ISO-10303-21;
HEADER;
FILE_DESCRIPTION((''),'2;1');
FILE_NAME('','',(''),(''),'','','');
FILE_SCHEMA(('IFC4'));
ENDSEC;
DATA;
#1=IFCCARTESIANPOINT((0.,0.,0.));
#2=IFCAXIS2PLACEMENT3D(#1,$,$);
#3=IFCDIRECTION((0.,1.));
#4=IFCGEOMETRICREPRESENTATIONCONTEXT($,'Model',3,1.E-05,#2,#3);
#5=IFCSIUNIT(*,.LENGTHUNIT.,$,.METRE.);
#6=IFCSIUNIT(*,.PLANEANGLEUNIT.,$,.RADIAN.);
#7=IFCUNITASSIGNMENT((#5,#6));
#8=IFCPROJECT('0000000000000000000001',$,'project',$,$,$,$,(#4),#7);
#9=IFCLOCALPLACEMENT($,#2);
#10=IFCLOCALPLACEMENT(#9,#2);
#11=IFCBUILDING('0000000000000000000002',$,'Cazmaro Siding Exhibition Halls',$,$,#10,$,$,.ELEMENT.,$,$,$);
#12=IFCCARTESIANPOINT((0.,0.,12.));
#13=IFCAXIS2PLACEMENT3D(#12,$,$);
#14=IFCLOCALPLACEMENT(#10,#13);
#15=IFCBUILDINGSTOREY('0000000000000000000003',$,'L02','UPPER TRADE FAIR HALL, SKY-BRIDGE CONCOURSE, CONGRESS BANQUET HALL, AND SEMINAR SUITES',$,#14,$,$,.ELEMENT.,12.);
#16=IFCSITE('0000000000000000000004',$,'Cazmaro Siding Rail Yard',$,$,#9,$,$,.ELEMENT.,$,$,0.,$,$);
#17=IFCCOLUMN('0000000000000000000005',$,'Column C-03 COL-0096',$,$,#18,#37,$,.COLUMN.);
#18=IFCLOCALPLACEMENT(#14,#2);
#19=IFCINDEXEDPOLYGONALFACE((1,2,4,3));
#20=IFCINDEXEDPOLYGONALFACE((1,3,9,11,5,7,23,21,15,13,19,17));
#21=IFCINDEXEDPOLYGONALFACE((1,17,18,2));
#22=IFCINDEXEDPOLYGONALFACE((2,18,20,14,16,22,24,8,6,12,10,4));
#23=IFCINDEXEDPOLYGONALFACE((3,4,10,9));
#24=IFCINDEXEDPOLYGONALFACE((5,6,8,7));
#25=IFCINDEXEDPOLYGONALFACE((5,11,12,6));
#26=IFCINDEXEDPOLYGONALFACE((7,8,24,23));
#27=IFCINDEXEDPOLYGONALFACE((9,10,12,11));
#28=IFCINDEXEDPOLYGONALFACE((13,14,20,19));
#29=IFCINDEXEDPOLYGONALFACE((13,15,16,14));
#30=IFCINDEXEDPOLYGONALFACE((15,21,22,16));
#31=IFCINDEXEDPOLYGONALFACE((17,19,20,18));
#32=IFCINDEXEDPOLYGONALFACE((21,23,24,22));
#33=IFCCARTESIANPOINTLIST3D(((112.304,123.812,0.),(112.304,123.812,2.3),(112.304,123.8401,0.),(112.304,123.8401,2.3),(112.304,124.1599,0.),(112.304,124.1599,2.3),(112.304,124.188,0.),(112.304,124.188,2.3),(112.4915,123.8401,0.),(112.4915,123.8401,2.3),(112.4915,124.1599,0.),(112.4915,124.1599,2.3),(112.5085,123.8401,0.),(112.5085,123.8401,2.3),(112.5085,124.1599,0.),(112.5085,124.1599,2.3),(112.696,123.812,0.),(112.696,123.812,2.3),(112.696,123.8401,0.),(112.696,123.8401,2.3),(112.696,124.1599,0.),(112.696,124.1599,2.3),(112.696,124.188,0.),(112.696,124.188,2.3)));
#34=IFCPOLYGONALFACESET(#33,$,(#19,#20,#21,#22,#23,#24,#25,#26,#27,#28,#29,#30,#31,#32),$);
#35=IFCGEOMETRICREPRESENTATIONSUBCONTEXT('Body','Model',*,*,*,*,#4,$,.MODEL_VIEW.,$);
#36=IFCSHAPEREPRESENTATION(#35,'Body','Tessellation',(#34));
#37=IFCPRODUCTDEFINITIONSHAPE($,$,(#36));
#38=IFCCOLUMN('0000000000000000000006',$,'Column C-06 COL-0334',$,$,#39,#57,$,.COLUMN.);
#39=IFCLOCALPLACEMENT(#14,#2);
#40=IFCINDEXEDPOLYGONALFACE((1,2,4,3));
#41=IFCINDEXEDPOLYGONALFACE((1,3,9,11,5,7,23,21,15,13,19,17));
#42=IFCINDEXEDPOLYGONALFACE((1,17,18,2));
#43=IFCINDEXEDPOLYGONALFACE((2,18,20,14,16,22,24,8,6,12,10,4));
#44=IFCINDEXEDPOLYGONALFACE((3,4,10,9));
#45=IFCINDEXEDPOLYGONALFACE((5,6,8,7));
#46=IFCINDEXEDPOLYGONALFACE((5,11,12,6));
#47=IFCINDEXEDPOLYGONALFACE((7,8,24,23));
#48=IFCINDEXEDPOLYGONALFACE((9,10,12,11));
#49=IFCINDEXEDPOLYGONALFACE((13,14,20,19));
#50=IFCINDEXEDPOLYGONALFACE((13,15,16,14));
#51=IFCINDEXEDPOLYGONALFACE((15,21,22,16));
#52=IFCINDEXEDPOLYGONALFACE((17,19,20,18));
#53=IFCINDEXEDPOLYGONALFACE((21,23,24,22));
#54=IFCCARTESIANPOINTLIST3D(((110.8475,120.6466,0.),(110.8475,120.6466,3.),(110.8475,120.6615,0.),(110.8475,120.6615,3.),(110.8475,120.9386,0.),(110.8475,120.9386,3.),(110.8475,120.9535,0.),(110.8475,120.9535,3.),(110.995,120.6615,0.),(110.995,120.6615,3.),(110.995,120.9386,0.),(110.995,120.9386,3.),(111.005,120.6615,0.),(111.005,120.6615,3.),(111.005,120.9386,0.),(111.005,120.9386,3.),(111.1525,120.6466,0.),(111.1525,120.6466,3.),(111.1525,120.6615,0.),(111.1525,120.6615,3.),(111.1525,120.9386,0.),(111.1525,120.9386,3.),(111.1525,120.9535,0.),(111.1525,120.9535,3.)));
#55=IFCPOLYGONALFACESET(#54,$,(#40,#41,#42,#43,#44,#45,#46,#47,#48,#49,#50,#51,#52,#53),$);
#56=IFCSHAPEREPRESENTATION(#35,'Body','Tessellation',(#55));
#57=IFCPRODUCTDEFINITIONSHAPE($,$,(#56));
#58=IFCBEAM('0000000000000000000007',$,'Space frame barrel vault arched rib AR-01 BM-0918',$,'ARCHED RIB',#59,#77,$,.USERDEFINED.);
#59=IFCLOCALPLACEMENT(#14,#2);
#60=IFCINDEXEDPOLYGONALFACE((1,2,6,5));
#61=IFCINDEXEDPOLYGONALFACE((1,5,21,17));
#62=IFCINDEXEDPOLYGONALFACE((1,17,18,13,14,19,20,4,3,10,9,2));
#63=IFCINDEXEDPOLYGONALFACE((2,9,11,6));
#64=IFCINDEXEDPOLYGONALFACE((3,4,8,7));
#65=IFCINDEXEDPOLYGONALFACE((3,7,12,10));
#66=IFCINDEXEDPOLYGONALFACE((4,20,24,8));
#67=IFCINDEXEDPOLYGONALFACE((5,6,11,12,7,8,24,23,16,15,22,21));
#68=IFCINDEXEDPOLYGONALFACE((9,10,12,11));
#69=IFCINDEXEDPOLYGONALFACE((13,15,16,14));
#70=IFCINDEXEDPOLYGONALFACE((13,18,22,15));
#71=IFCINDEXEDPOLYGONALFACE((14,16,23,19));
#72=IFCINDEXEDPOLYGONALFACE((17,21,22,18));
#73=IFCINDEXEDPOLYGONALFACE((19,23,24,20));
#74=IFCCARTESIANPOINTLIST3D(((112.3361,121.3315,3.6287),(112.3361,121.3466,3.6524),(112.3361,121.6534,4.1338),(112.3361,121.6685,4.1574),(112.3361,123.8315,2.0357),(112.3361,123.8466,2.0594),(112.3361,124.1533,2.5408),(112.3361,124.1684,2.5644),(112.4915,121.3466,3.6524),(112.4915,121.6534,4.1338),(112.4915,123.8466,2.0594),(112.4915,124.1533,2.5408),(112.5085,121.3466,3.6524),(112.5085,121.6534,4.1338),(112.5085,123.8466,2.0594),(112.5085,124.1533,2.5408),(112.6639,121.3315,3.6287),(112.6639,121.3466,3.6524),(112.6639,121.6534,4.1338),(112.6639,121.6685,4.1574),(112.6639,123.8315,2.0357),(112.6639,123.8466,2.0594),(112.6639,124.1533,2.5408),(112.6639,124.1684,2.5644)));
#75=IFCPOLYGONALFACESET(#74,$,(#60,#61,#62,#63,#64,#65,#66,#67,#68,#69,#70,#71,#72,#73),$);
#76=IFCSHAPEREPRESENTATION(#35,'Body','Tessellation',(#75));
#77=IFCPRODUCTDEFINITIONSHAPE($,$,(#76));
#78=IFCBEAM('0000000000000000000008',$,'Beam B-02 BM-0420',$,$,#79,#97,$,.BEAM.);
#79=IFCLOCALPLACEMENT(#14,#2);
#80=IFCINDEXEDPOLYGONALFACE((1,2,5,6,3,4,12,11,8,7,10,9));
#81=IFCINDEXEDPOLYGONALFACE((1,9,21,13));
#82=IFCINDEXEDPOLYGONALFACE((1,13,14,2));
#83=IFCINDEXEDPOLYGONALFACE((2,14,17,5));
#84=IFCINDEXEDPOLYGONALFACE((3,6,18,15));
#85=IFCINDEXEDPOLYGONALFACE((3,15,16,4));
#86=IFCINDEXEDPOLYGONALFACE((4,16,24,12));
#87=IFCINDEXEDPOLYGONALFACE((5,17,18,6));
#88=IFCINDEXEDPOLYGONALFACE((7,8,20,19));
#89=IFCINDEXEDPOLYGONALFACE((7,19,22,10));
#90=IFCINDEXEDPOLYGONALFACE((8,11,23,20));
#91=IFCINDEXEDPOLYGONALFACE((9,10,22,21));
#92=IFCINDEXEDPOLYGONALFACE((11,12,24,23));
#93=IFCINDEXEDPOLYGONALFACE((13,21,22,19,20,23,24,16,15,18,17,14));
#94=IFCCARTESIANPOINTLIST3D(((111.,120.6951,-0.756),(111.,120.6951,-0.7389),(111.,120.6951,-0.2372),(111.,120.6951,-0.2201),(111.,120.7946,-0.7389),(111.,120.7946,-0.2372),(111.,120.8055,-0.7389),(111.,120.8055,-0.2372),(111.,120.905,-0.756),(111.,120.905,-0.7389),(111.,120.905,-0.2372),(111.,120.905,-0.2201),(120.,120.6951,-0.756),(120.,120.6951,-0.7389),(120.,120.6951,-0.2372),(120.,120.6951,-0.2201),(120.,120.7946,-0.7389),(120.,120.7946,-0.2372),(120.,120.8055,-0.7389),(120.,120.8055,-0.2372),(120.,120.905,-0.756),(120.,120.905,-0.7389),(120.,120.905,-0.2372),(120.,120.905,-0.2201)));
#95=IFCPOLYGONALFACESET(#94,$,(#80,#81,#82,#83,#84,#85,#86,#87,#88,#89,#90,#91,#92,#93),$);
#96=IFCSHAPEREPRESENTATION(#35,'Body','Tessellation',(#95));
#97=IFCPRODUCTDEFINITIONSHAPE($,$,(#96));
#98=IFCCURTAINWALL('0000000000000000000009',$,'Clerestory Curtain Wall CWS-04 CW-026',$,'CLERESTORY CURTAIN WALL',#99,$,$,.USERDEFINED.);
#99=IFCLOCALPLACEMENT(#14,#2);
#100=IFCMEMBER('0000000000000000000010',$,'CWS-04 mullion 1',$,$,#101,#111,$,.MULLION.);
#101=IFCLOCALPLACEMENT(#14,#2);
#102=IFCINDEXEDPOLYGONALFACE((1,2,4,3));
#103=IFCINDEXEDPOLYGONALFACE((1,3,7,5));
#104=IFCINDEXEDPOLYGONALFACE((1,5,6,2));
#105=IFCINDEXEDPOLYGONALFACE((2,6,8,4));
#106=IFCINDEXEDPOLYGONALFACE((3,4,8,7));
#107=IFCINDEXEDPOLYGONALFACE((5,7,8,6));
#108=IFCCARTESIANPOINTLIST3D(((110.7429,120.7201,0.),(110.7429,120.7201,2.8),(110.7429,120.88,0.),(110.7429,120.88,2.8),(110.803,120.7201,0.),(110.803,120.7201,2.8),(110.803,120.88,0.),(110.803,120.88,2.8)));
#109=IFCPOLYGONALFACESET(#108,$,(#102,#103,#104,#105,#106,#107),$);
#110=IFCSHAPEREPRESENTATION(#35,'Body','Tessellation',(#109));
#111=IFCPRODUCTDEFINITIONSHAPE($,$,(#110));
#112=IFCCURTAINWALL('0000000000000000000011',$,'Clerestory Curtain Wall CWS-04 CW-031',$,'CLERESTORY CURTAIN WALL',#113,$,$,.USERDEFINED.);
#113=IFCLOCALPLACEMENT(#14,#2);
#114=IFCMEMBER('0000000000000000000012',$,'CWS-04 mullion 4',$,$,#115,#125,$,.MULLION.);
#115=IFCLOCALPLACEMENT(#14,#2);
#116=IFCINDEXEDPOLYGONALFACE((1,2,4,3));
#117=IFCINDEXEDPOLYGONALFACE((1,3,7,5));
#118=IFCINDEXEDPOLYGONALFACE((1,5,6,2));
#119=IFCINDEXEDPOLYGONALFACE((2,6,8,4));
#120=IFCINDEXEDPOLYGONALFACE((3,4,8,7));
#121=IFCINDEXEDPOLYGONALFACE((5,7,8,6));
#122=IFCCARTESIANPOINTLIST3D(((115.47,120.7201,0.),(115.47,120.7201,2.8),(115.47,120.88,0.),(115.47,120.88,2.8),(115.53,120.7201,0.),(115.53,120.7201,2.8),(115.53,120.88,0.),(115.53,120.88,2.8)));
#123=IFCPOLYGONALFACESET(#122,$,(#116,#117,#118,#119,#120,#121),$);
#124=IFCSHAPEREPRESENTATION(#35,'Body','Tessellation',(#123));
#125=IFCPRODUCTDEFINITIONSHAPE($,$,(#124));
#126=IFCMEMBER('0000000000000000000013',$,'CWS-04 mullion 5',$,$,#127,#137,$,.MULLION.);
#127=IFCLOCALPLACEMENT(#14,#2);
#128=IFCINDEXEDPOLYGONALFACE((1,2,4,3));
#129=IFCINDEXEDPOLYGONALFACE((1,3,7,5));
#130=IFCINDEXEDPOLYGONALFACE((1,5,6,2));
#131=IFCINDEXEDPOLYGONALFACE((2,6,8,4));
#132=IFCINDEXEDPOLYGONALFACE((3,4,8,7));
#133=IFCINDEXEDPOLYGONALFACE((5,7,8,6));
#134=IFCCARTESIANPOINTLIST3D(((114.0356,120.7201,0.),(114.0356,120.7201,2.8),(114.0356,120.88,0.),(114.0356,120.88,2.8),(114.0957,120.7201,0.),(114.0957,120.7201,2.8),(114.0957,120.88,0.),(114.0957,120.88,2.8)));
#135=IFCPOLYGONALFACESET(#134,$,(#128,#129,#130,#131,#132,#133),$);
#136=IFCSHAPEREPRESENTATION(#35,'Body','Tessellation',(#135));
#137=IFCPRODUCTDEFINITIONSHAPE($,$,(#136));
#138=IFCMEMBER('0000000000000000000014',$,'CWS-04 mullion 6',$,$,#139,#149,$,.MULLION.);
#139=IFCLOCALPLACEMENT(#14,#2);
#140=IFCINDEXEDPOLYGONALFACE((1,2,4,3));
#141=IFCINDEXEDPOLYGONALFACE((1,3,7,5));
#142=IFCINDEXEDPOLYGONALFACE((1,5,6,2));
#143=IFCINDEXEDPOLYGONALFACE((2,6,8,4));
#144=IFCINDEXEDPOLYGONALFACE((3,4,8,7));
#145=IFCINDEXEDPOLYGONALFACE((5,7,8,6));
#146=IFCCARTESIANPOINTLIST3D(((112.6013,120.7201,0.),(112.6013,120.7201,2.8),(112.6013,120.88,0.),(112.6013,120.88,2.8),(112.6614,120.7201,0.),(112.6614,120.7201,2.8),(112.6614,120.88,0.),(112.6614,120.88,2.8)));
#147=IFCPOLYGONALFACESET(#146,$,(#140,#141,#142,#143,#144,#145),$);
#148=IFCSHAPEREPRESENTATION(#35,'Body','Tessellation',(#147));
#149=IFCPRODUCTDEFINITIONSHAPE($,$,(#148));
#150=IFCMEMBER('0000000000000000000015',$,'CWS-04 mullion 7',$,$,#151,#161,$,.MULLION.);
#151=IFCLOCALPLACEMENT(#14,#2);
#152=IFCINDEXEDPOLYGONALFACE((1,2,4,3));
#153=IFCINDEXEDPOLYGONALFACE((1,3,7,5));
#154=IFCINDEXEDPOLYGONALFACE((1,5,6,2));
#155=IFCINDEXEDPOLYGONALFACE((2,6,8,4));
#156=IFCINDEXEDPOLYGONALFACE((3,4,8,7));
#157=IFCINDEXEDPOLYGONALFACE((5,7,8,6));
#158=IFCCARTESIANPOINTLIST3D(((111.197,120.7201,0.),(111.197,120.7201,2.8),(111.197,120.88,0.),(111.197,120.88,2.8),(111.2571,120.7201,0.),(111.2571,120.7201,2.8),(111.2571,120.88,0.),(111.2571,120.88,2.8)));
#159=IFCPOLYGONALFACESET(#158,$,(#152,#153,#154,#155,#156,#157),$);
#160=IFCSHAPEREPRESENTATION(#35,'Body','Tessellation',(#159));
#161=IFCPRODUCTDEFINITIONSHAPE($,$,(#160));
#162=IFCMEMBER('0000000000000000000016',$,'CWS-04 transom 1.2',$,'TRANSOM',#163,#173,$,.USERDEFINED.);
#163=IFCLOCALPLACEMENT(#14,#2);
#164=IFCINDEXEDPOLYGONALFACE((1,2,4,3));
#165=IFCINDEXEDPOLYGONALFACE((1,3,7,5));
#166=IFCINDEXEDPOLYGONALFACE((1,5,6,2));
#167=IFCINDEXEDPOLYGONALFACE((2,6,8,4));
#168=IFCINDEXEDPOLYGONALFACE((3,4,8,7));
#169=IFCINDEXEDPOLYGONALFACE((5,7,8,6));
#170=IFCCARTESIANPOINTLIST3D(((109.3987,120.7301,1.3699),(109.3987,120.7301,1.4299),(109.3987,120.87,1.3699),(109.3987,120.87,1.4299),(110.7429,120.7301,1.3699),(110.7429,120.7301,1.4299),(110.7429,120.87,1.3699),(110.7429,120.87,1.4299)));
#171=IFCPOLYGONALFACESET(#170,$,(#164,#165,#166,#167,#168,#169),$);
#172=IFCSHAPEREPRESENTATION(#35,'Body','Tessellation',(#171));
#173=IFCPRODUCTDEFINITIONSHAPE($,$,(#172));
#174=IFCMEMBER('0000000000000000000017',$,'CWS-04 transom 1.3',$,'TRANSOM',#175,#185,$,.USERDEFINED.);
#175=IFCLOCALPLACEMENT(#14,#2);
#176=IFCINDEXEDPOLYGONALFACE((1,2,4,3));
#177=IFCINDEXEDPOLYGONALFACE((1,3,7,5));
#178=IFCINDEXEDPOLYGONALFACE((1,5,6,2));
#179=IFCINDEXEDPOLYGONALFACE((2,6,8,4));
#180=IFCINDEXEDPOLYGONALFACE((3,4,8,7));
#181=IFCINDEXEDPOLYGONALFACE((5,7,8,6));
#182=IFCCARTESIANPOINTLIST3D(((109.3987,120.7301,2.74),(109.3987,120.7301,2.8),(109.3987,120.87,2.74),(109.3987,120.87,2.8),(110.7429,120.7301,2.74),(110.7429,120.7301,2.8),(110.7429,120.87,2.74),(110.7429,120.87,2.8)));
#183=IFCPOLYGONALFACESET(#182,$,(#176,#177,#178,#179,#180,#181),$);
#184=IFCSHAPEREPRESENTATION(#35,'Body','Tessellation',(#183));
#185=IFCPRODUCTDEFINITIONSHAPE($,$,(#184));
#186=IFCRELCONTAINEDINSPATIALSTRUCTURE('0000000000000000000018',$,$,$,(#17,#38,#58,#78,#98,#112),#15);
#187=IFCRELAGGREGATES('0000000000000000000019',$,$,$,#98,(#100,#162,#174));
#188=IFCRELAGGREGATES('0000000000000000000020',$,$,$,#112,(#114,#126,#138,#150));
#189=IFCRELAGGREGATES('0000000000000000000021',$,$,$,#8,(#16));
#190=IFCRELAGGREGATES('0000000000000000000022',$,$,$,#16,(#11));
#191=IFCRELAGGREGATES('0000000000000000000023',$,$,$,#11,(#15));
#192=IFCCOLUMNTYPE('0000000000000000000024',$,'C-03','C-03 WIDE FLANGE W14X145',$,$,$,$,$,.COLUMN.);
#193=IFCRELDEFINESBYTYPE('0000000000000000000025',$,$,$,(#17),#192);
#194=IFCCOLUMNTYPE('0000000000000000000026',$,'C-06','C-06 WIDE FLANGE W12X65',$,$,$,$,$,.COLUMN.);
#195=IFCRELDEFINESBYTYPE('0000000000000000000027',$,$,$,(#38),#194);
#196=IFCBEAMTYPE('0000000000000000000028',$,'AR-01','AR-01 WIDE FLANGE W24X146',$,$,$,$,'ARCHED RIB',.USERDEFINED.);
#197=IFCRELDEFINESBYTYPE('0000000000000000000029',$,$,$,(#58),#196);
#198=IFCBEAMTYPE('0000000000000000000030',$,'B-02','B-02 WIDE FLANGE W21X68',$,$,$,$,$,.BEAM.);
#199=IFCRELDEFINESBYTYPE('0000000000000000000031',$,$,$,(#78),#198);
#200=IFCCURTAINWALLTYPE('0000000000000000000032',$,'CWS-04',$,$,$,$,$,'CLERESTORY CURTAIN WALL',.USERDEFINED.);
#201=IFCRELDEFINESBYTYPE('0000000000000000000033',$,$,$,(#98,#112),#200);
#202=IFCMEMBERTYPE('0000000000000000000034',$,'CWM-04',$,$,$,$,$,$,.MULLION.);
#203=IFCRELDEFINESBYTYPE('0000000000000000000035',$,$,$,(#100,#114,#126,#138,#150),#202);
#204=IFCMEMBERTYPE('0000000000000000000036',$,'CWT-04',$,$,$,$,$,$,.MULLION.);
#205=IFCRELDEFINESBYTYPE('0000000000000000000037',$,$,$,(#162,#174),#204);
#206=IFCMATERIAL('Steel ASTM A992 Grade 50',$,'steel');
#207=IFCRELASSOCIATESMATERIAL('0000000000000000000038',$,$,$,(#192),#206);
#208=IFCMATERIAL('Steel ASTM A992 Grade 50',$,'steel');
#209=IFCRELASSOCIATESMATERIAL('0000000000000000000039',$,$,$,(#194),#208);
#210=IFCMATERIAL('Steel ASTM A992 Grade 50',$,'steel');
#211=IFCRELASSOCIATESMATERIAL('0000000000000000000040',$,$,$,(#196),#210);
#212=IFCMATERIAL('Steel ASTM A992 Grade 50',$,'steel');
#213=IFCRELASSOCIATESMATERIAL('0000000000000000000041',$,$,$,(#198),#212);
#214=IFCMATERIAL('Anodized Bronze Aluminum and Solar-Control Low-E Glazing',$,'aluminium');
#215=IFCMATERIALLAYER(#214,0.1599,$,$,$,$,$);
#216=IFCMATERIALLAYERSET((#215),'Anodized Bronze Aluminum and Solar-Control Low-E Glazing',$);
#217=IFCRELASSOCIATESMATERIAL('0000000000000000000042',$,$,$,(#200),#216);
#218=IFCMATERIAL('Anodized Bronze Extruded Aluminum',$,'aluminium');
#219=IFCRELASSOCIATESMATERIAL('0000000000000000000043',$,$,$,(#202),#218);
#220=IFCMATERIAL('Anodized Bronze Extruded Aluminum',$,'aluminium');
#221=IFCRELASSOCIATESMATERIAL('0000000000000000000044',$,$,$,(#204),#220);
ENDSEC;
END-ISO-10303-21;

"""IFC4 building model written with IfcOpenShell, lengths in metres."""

from ifc_helpers import new_model, si_unit, direction, frame, origin, origin_2d, place, context, subcontext, project, spatial, rectangle, i_section, extrude, material, layer, layer_set, material_profile, profile_set, type_object, element, aggregate, save


model = new_model("IFC4")

# Units and contexts
model_context = context("Model", 3, precision=1e-05, world=origin(), true_north=direction((0.0, 1.0)))
body_context = subcontext(model_context, "Body", "Model", "MODEL_VIEW")
ifc_project = project(units=[si_unit("LENGTHUNIT", "METRE"), si_unit("PLANEANGLEUNIT", "RADIAN")], contexts=[model_context])

# Site, building, storey
site_placement = place(None, origin())
site = spatial("IfcSite", under=ifc_project, at=site_placement, Name="Cazmaro Siding Rail Yard", CompositionType="ELEMENT", RefElevation=0.0)
building_placement = place(site_placement, origin())
building = spatial("IfcBuilding", under=site, at=building_placement, Name="Cazmaro Siding Exhibition Halls", CompositionType="ELEMENT")
storey_placement = place(building_placement, frame((0.0, 0.0, 12.0)))
storey = spatial("IfcBuildingStorey", under=building, at=storey_placement, Name="L02", Description="UPPER TRADE FAIR HALL, SKY-BRIDGE CONCOURSE, CONGRESS BANQUET HALL, AND SEMINAR SUITES", CompositionType="ELEMENT", Elevation=12.0)

# Columns
ifc_material_1 = material(Name="Steel ASTM A992 Grade 50", Category="steel")
ifc_material_profile_1 = material_profile(ifc_material_1, i_section(OverallWidth=0.3921, OverallDepth=0.376, WebThickness=0.0171, FlangeThickness=0.0281, at=origin_2d()), Name="W14X145")
ifc_profile_set_1 = profile_set([ifc_material_profile_1], Name="Steel ASTM A992 Grade 50")
column_type_1 = type_object("IfcColumnType", Name="C-03", Description="C-03 WIDE FLANGE W14X145", PredefinedType="COLUMN", material=ifc_profile_set_1)
column_1_placement = place(storey_placement, frame((112.5, 124.0, 0.0), z_axis=(0.0, 0.0, 1.0), x_axis=(1.0, 0.0, 0.0)))
element("IfcColumn", 1, at=column_1_placement, inside=storey, type_object=column_type_1, Name="Column C-03 COL-0096", PredefinedType="COLUMN", context=body_context, shape_type="SweptSolid", body=[
    extrude(i_section(OverallWidth=0.3921, OverallDepth=0.376, WebThickness=0.0171, FlangeThickness=0.0281, at=origin_2d()), origin(), (0.0, 0.0, 1.0), 2.3),
])
ifc_material_2 = material(Name="Steel ASTM A992 Grade 50", Category="steel")
ifc_material_profile_2 = material_profile(ifc_material_2, i_section(OverallWidth=0.3049, OverallDepth=0.3069, WebThickness=0.01, FlangeThickness=0.0149, at=origin_2d()), Name="W12X65")
ifc_profile_set_2 = profile_set([ifc_material_profile_2], Name="Steel ASTM A992 Grade 50")
column_type_2 = type_object("IfcColumnType", Name="C-06", Description="C-06 WIDE FLANGE W12X65", PredefinedType="COLUMN", material=ifc_profile_set_2)
column_2_placement = place(storey_placement, frame((111.0, 120.8, 0.0), z_axis=(0.0, 0.0, 1.0), x_axis=(1.0, 0.0, 0.0)))
element("IfcColumn", 2, at=column_2_placement, inside=storey, type_object=column_type_2, Name="Column C-06 COL-0334", PredefinedType="COLUMN", context=body_context, shape_type="SweptSolid", body=[
    extrude(i_section(OverallWidth=0.3049, OverallDepth=0.3069, WebThickness=0.01, FlangeThickness=0.0149, at=origin_2d()), origin(), (0.0, 0.0, 1.0), 3.0),
])

# Beams
ifc_material_3 = material(Name="Steel ASTM A992 Grade 50", Category="steel")
ifc_material_profile_3 = material_profile(ifc_material_3, i_section(OverallWidth=0.3279, OverallDepth=0.627, WebThickness=0.0171, FlangeThickness=0.0281, at=origin_2d()), Name="W24X146")
ifc_profile_set_3 = profile_set([ifc_material_profile_3], Name="Steel ASTM A992 Grade 50")
beam_type_1 = type_object("IfcBeamType", Name="AR-01", Description="AR-01 WIDE FLANGE W24X146", ElementType="ARCHED RIB", PredefinedType="USERDEFINED", material=ifc_profile_set_3)
beam_1_placement = place(storey_placement, frame((112.5, 121.5, 3.8931), z_axis=(0.0, 0.843339, -0.537382), x_axis=(-1.0, 0.0, 0.0)))
element("IfcBeam", 3, at=beam_1_placement, inside=storey, type_object=beam_type_1, Name="Space frame barrel vault arched rib AR-01 BM-0918", ObjectType="ARCHED RIB", PredefinedType="USERDEFINED", context=body_context, shape_type="SweptSolid", body=[
    extrude(i_section(OverallWidth=0.3279, OverallDepth=0.627, WebThickness=0.0171, FlangeThickness=0.0281, at=origin_2d()), origin(), (0.0, 0.0, 1.0), 2.9644),
])
ifc_material_4 = material(Name="Steel ASTM A992 Grade 50", Category="steel")
ifc_material_profile_4 = material_profile(ifc_material_4, i_section(OverallWidth=0.21, OverallDepth=0.5359, WebThickness=0.011, FlangeThickness=0.0171, at=origin_2d()), Name="W21X68")
ifc_profile_set_4 = profile_set([ifc_material_profile_4], Name="Steel ASTM A992 Grade 50")
beam_type_2 = type_object("IfcBeamType", Name="B-02", Description="B-02 WIDE FLANGE W21X68", PredefinedType="BEAM", material=ifc_profile_set_4)
beam_2_placement = place(storey_placement, frame((111.0, 120.8, -0.488), z_axis=(1.0, 0.0, 0.0), x_axis=(0.0, 1.0, 0.0)))
element("IfcBeam", 4, at=beam_2_placement, inside=storey, type_object=beam_type_2, Name="Beam B-02 BM-0420", PredefinedType="BEAM", context=body_context, shape_type="SweptSolid", body=[
    extrude(i_section(OverallWidth=0.21, OverallDepth=0.5359, WebThickness=0.011, FlangeThickness=0.0171, at=origin_2d()), origin(), (0.0, 0.0, 1.0), 9.0),
])

# Curtain wall, member
ifc_material_5 = material(Name="Anodized Bronze Aluminum and Solar-Control Low-E Glazing", Category="aluminium")
ifc_layer_1 = layer(ifc_material_5, 0.1599)
ifc_layer_set_1 = layer_set([ifc_layer_1], Name="Anodized Bronze Aluminum and Solar-Control Low-E Glazing")
curtain_wall_type = type_object("IfcCurtainWallType", Name="CWS-04", ElementType="CLERESTORY CURTAIN WALL", PredefinedType="USERDEFINED", material=ifc_layer_set_1)
curtain_wall_1_placement = place(storey_placement, origin())
curtain_wall_1 = element("IfcCurtainWall", 5, at=curtain_wall_1_placement, inside=storey, type_object=curtain_wall_type, Name="Clerestory Curtain Wall CWS-04 CW-026", ObjectType="CLERESTORY CURTAIN WALL", PredefinedType="USERDEFINED")
ifc_material_6 = material(Name="Anodized Bronze Extruded Aluminum", Category="aluminium")
ifc_material_profile_5 = material_profile(ifc_material_6, rectangle(XDim=0.1599, YDim=0.0601, at=origin_2d()), Name="CWM-04")
ifc_profile_set_5 = profile_set([ifc_material_profile_5], Name="Anodized Bronze Extruded Aluminum")
member_type_1 = type_object("IfcMemberType", Name="CWM-04", PredefinedType="MULLION", material=ifc_profile_set_5)
member_1_placement = place(storey_placement, frame((110.7729, 120.8, 0.0), z_axis=(0.0, 0.0, 1.0), x_axis=(0.0, -1.0, 0.0)))
member_1 = element("IfcMember", 6, at=member_1_placement, type_object=member_type_1, Name="CWS-04 mullion 1", PredefinedType="MULLION", context=body_context, shape_type="SweptSolid", body=[
    extrude(rectangle(XDim=0.1599, YDim=0.0601, at=origin_2d()), origin(), (0.0, 0.0, 1.0), 2.8),
])

# Curtain wall, members
curtain_wall_2_placement = place(storey_placement, origin())
curtain_wall_2 = element("IfcCurtainWall", 7, at=curtain_wall_2_placement, inside=storey, type_object=curtain_wall_type, Name="Clerestory Curtain Wall CWS-04 CW-031", ObjectType="CLERESTORY CURTAIN WALL", PredefinedType="USERDEFINED")
member_2_placement = place(storey_placement, frame((115.5, 120.8, 0.0), z_axis=(0.0, 0.0, 1.0), x_axis=(0.0, -1.0, 0.0)))
member_2 = element("IfcMember", 8, at=member_2_placement, type_object=member_type_1, Name="CWS-04 mullion 4", PredefinedType="MULLION", context=body_context, shape_type="SweptSolid", body=[
    extrude(rectangle(XDim=0.1599, YDim=0.0601, at=origin_2d()), origin(), (0.0, 0.0, 1.0), 2.8),
])
member_3_placement = place(storey_placement, frame((114.0657, 120.8, 0.0), z_axis=(0.0, 0.0, 1.0), x_axis=(0.0, -1.0, 0.0)))
member_3 = element("IfcMember", 9, at=member_3_placement, type_object=member_type_1, Name="CWS-04 mullion 5", PredefinedType="MULLION", context=body_context, shape_type="SweptSolid", body=[
    extrude(rectangle(XDim=0.1599, YDim=0.0601, at=origin_2d()), origin(), (0.0, 0.0, 1.0), 2.8),
])
member_4_placement = place(storey_placement, frame((112.6313, 120.8, 0.0), z_axis=(0.0, 0.0, 1.0), x_axis=(0.0, -1.0, 0.0)))
member_4 = element("IfcMember", 10, at=member_4_placement, type_object=member_type_1, Name="CWS-04 mullion 6", PredefinedType="MULLION", context=body_context, shape_type="SweptSolid", body=[
    extrude(rectangle(XDim=0.1599, YDim=0.0601, at=origin_2d()), origin(), (0.0, 0.0, 1.0), 2.8),
])
member_5_placement = place(storey_placement, frame((111.2271, 120.8, 0.0), z_axis=(0.0, 0.0, 1.0), x_axis=(0.0, -1.0, 0.0)))
member_5 = element("IfcMember", 11, at=member_5_placement, type_object=member_type_1, Name="CWS-04 mullion 7", PredefinedType="MULLION", context=body_context, shape_type="SweptSolid", body=[
    extrude(rectangle(XDim=0.1599, YDim=0.0601, at=origin_2d()), origin(), (0.0, 0.0, 1.0), 2.8),
])

# Members
ifc_material_7 = material(Name="Anodized Bronze Extruded Aluminum", Category="aluminium")
ifc_material_profile_6 = material_profile(ifc_material_7, rectangle(XDim=0.1399, YDim=0.0601, at=origin_2d()), Name="CWT-04")
ifc_profile_set_6 = profile_set([ifc_material_profile_6], Name="Anodized Bronze Extruded Aluminum")
member_type_2 = type_object("IfcMemberType", Name="CWT-04", PredefinedType="MULLION", material=ifc_profile_set_6)
member_6_placement = place(storey_placement, frame((110.7429, 120.8, 1.3999), z_axis=(-1.0, 0.0, 0.0), x_axis=(0.0, -1.0, 0.0)))
member_6 = element("IfcMember", 12, at=member_6_placement, type_object=member_type_2, Name="CWS-04 transom 1.2", ObjectType="TRANSOM", PredefinedType="USERDEFINED", context=body_context, shape_type="SweptSolid", body=[
    extrude(rectangle(XDim=0.1399, YDim=0.0601, at=origin_2d()), origin(), (0.0, 0.0, 1.0), 1.3442),
])
member_7_placement = place(storey_placement, frame((110.7429, 120.8, 2.77), z_axis=(-1.0, 0.0, 0.0), x_axis=(0.0, -1.0, 0.0)))
member_7 = element("IfcMember", 13, at=member_7_placement, type_object=member_type_2, Name="CWS-04 transom 1.3", ObjectType="TRANSOM", PredefinedType="USERDEFINED", context=body_context, shape_type="SweptSolid", body=[
    extrude(rectangle(XDim=0.1399, YDim=0.0601, at=origin_2d()), origin(), (0.0, 0.0, 1.0), 1.3442),
])
aggregate(curtain_wall_1, [member_1, member_6, member_7])

aggregate(curtain_wall_2, [member_2, member_3, member_4, member_5])

save(model, "model.ifc")
